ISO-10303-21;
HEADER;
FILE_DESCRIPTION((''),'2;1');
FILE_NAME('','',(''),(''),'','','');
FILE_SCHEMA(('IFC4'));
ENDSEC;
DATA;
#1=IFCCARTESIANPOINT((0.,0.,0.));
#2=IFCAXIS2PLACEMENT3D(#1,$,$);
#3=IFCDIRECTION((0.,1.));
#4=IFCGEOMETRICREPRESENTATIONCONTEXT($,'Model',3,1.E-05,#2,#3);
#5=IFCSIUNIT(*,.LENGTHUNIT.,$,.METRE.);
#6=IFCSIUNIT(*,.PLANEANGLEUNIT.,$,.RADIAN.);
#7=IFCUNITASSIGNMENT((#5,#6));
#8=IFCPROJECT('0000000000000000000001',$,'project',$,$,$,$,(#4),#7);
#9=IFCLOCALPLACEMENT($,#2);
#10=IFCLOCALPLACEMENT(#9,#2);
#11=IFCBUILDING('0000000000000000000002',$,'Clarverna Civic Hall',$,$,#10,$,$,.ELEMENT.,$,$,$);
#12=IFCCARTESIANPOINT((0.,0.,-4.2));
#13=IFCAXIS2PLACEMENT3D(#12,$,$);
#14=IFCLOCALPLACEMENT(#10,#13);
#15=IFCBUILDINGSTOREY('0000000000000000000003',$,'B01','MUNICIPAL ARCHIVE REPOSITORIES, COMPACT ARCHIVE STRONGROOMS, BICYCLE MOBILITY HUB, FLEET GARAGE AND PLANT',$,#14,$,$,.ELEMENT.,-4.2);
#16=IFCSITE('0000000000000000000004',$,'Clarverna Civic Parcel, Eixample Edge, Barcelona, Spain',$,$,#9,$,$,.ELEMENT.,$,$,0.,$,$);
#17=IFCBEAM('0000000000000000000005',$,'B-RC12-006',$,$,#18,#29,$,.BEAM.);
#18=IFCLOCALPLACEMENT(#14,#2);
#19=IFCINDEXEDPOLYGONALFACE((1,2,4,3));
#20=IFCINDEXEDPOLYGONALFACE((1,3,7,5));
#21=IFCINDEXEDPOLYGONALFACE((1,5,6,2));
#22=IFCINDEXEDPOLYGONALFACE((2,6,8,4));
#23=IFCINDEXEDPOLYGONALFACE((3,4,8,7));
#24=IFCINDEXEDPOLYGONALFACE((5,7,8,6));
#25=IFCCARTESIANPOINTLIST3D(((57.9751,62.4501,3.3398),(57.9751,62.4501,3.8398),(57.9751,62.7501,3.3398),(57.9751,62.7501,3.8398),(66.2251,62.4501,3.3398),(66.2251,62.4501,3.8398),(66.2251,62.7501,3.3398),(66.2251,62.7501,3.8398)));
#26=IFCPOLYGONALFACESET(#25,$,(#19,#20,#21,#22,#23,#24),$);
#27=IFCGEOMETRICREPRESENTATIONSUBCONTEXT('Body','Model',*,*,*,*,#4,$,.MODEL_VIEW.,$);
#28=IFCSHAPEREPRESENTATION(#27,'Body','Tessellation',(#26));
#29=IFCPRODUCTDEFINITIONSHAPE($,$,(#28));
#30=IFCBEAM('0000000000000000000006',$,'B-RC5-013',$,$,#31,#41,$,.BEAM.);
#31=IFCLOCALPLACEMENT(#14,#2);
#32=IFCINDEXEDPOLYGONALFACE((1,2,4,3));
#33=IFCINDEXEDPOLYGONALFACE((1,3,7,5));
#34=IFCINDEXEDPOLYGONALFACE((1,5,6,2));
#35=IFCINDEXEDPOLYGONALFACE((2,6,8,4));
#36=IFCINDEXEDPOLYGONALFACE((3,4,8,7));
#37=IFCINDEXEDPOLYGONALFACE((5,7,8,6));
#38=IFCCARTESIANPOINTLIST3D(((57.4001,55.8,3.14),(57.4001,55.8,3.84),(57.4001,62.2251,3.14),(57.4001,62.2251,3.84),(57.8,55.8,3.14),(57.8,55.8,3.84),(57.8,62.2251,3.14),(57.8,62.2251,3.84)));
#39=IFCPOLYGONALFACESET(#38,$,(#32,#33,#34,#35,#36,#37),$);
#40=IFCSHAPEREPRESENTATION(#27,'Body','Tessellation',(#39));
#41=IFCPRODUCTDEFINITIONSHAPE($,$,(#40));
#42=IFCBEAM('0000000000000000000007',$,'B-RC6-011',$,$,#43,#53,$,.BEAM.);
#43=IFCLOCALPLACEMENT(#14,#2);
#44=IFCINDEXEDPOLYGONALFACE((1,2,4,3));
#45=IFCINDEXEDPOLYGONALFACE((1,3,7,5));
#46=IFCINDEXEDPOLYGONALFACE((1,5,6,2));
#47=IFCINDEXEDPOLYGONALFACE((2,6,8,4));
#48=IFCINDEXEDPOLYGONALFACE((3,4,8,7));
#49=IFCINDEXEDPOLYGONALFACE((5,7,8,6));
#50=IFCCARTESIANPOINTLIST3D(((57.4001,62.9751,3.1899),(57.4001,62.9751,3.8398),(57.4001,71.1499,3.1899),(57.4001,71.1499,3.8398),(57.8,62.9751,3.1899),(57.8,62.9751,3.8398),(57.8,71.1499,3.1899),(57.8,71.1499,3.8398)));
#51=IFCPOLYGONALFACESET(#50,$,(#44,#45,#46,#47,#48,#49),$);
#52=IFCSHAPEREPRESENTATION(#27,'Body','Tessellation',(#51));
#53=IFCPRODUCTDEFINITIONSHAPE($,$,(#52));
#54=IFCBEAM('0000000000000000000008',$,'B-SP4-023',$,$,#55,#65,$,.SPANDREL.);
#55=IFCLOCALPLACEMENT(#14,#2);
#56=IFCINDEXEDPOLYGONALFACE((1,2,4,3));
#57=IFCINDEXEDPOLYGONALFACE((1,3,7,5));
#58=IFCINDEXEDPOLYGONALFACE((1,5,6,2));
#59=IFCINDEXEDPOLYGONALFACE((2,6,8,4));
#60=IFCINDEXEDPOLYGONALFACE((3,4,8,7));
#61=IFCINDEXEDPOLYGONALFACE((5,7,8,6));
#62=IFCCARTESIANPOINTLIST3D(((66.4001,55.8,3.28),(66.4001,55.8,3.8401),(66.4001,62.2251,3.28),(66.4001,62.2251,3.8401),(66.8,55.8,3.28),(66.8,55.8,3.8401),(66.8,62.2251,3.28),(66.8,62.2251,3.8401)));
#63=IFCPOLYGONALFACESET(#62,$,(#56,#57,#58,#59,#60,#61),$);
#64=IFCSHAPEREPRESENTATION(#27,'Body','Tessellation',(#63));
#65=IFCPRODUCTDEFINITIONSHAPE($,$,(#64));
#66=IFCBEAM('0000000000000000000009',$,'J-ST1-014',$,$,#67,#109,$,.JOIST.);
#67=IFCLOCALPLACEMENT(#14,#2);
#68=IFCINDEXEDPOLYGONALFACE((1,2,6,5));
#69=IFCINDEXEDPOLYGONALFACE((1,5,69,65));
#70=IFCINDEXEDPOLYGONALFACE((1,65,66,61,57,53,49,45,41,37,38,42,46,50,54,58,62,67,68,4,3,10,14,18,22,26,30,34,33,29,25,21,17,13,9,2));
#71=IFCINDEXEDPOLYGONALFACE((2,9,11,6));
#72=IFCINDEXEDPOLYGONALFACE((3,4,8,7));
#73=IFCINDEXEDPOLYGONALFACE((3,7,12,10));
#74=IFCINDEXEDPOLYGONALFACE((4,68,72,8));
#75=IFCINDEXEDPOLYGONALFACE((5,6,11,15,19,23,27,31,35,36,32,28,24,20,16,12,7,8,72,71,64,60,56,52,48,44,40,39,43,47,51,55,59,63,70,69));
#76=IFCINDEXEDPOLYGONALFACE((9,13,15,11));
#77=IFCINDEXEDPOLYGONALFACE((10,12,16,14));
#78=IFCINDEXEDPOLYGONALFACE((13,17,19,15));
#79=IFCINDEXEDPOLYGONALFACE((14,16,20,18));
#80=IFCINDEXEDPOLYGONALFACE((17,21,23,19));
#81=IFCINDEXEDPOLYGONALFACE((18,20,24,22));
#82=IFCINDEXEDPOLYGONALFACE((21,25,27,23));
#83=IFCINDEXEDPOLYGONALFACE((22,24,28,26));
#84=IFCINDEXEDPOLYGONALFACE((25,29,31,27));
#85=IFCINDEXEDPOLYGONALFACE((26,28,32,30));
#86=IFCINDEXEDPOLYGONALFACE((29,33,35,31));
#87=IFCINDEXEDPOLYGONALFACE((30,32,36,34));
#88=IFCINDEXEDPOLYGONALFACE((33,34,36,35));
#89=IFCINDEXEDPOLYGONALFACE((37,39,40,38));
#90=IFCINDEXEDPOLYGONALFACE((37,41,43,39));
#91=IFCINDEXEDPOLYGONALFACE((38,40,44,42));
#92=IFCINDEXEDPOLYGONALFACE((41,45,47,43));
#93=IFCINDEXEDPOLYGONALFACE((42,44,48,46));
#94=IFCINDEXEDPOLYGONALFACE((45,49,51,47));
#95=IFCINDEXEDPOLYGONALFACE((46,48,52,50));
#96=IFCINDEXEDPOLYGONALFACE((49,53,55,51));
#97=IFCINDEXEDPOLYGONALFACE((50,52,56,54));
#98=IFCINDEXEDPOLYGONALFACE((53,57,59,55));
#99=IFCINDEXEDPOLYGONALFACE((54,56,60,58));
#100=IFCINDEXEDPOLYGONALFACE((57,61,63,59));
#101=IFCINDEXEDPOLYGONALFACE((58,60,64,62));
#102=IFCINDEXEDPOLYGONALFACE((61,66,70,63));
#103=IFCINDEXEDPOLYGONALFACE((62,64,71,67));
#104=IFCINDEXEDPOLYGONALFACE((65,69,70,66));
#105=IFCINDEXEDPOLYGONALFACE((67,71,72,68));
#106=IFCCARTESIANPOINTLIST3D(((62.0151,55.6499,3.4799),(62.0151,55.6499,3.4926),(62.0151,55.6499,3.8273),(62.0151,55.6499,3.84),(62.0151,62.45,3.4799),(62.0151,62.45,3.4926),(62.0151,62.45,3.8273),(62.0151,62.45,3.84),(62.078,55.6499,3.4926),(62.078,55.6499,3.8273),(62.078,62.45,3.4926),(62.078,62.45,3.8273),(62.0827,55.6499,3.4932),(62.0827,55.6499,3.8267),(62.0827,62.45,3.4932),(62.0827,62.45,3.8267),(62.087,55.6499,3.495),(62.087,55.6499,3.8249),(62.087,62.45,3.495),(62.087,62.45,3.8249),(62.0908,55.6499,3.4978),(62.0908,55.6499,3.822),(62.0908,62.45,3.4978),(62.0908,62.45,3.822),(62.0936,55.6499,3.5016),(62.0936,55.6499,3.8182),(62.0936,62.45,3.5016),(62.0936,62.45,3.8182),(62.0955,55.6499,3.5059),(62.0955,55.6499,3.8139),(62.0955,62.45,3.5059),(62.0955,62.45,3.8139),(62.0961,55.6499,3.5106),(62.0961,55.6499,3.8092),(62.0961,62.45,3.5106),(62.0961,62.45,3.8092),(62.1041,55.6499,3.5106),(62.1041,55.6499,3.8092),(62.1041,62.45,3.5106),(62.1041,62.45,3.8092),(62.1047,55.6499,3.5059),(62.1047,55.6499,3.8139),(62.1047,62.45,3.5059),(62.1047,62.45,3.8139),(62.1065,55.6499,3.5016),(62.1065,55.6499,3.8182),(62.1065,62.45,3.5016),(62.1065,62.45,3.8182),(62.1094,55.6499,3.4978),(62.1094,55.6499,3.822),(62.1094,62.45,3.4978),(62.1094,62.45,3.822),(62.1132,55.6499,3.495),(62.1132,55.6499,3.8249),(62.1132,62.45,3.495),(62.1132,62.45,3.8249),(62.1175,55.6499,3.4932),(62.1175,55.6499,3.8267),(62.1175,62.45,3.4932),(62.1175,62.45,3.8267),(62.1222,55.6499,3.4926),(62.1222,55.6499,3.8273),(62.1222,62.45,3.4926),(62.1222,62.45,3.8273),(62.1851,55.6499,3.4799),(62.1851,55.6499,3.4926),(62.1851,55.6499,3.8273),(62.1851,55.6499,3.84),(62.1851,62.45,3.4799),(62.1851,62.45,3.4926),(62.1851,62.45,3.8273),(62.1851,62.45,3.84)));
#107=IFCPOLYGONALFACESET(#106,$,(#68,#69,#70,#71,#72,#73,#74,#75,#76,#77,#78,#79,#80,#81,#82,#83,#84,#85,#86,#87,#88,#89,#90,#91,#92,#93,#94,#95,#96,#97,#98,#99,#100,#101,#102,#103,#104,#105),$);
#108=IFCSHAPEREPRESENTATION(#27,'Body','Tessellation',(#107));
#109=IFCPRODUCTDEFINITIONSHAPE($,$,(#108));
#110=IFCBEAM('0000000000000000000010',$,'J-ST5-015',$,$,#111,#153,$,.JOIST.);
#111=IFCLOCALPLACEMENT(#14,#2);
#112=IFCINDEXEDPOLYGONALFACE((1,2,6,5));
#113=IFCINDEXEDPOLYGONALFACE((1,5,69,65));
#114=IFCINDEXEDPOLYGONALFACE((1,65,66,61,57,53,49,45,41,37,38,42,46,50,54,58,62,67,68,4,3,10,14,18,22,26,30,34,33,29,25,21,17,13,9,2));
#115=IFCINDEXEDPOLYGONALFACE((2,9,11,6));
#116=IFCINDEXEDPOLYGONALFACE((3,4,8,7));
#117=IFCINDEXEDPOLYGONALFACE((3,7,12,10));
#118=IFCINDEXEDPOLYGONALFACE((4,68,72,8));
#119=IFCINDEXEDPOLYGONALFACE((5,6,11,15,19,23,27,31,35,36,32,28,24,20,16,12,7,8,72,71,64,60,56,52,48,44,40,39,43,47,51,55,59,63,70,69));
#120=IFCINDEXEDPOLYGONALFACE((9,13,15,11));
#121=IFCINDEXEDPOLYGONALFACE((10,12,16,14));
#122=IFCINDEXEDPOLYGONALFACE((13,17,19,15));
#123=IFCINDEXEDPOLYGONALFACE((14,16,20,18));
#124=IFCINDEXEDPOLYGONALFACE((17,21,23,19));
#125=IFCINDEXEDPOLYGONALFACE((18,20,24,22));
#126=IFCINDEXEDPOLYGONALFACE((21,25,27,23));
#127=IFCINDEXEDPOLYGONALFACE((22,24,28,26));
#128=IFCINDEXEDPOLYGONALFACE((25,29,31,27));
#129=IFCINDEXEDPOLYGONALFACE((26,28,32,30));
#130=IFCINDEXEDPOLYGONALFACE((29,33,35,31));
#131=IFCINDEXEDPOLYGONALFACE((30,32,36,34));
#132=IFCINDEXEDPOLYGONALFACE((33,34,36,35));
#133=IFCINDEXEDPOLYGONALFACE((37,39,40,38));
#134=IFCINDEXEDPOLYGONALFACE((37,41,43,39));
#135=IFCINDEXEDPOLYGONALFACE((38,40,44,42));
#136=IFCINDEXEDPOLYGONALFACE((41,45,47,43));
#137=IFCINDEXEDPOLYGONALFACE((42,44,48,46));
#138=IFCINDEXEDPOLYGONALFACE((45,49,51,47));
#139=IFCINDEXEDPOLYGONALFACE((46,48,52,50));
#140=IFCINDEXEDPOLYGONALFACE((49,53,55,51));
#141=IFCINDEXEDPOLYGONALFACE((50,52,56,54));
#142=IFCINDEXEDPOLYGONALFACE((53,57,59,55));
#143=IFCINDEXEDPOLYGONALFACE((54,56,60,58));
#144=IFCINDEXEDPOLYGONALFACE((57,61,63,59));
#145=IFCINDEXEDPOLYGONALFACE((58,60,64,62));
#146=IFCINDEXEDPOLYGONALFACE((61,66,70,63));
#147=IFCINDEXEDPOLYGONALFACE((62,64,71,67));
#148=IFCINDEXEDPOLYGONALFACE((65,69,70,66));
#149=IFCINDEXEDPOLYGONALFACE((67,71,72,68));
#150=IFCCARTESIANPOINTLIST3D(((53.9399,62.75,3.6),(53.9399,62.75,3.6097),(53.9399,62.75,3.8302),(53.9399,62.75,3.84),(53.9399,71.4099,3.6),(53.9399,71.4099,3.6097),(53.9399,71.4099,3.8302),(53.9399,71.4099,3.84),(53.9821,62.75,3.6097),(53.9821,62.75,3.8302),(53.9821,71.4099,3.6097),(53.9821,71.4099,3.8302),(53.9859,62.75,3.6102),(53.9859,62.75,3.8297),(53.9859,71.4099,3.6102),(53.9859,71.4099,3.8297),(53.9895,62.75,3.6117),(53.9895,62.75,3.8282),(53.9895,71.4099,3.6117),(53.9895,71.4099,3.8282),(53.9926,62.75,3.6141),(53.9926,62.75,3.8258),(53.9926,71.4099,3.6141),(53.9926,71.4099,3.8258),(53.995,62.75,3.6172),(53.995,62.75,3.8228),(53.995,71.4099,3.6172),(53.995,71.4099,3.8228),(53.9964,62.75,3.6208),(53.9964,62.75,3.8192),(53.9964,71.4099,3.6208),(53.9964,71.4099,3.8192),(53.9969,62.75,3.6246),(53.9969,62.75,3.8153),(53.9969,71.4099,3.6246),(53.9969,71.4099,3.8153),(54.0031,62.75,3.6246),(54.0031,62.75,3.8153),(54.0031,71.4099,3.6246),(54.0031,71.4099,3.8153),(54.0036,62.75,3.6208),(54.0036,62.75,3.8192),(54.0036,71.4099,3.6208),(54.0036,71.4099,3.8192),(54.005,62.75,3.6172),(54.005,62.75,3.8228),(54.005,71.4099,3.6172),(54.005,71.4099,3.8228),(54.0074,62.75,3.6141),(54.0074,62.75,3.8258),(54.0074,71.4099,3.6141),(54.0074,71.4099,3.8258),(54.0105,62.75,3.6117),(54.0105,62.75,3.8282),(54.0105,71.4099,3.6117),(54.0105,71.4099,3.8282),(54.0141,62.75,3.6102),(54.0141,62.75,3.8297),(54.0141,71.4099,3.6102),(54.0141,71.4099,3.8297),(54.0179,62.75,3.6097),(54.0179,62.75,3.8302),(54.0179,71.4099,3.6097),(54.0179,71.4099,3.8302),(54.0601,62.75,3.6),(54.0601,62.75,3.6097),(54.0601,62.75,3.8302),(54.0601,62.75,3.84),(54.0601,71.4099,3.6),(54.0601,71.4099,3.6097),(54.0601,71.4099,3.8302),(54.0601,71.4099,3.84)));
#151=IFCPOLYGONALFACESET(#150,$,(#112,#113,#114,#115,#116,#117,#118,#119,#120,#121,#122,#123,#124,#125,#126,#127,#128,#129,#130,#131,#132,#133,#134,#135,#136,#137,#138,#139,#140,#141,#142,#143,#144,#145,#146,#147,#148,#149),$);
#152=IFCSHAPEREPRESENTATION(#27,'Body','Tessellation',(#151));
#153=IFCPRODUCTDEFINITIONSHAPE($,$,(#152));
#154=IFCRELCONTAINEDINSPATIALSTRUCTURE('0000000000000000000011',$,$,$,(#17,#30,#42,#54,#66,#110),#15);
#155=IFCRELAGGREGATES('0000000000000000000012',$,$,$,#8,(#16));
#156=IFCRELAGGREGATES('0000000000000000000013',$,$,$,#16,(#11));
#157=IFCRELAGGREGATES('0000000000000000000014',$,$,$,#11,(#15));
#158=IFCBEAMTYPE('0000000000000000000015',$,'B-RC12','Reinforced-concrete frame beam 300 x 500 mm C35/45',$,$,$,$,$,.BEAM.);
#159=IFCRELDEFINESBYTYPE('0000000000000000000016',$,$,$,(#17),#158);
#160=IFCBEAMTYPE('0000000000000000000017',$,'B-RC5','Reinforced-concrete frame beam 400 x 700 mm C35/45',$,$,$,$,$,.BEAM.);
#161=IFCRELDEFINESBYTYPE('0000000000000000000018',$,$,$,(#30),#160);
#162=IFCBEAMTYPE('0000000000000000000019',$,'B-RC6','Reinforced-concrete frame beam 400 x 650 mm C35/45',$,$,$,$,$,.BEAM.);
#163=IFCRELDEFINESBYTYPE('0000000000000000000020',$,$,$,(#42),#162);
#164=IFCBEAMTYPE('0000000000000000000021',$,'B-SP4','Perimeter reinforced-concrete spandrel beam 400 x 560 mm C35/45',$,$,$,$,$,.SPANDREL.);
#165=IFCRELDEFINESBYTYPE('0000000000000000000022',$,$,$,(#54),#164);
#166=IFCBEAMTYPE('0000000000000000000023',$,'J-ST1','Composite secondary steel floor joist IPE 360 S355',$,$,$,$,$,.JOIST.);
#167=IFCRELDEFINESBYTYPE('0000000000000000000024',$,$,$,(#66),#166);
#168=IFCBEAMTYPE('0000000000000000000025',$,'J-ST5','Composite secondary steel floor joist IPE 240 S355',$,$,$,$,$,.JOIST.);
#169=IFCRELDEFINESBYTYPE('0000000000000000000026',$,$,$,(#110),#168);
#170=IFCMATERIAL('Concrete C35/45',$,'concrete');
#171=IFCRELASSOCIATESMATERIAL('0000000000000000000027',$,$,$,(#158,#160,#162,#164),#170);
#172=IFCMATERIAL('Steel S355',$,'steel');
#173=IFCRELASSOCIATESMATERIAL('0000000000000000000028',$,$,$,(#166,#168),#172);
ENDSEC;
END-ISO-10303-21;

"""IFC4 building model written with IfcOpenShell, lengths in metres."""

from ifc_helpers import new_model, si_unit, direction, frame, origin, origin_2d, place, context, subcontext, project, spatial, rectangle, i_section, extrude, material, material_profile, profile_set, type_object, element, save


model = new_model("IFC4")

# Units and contexts
model_context = context("Model", 3, precision=1e-05, world=origin(), true_north=direction((0.0, 1.0)))
body_context = subcontext(model_context, "Body", "Model", "MODEL_VIEW")
ifc_project = project(units=[si_unit("LENGTHUNIT", "METRE"), si_unit("PLANEANGLEUNIT", "RADIAN")], contexts=[model_context])

# Site, building, storey
site_placement = place(None, origin())
site = spatial("IfcSite", under=ifc_project, at=site_placement, Name="Clarverna Civic Parcel, Eixample Edge, Barcelona, Spain", CompositionType="ELEMENT", RefElevation=0.0)
building_placement = place(site_placement, origin())
building = spatial("IfcBuilding", under=site, at=building_placement, Name="Clarverna Civic Hall", CompositionType="ELEMENT")
storey_placement = place(building_placement, frame((0.0, 0.0, -4.2)))
storey = spatial("IfcBuildingStorey", under=building, at=storey_placement, Name="B01", Description="MUNICIPAL ARCHIVE REPOSITORIES, COMPACT ARCHIVE STRONGROOMS, BICYCLE MOBILITY HUB, FLEET GARAGE AND PLANT", CompositionType="ELEMENT", Elevation=-4.2)

# Beams
ifc_material_1 = material(Name="Concrete C35/45", Category="concrete")
ifc_material_profile_1 = material_profile(ifc_material_1, rectangle(XDim=0.3, YDim=0.5, at=origin_2d()), Name="RC 300x500")
ifc_profile_set_1 = profile_set([ifc_material_profile_1], Name="Concrete C35/45")
beam_type_1 = type_object("IfcBeamType", Name="B-RC12", Description="Reinforced-concrete frame beam 300 x 500 mm C35/45", PredefinedType="BEAM", material=ifc_profile_set_1)
beam_1_placement = place(storey_placement, frame((57.9751, 62.6001, 3.5898), z_axis=(1.0, 0.0, 0.0), x_axis=(0.0, 1.0, 0.0)))
element("IfcBeam", 1, at=beam_1_placement, inside=storey, type_object=beam_type_1, Name="B-RC12-006", PredefinedType="BEAM", context=body_context, shape_type="SweptSolid", body=[
    extrude(rectangle(XDim=0.3, YDim=0.5, at=origin_2d()), origin(), (0.0, 0.0, 1.0), 8.25),
])
ifc_material_profile_2 = material_profile(ifc_material_1, rectangle(XDim=0.3999, YDim=0.7, at=origin_2d()), Name="RC 400x700")
ifc_profile_set_2 = profile_set([ifc_material_profile_2], Name="Concrete C35/45")
beam_type_2 = type_object("IfcBeamType", Name="B-RC5", Description="Reinforced-concrete frame beam 400 x 700 mm C35/45", PredefinedType="BEAM", material=ifc_profile_set_2)
beam_2_placement = place(storey_placement, frame((57.6001, 55.8, 3.49), z_axis=(0.0, 1.0, 0.0), x_axis=(-1.0, 0.0, 0.0)))
element("IfcBeam", 2, at=beam_2_placement, inside=storey, type_object=beam_type_2, Name="B-RC5-013", PredefinedType="BEAM", context=body_context, shape_type="SweptSolid", body=[
    extrude(rectangle(XDim=0.3999, YDim=0.7, at=origin_2d()), origin(), (0.0, 0.0, 1.0), 6.425),
])
ifc_material_profile_3 = material_profile(ifc_material_1, rectangle(XDim=0.3999, YDim=0.6499, at=origin_2d()), Name="RC 400x650")
ifc_profile_set_3 = profile_set([ifc_material_profile_3], Name="Concrete C35/45")
beam_type_3 = type_object("IfcBeamType", Name="B-RC6", Description="Reinforced-concrete frame beam 400 x 650 mm C35/45", PredefinedType="BEAM", material=ifc_profile_set_3)
beam_3_placement = place(storey_placement, frame((57.6001, 62.9751, 3.5149), z_axis=(0.0, 1.0, 0.0), x_axis=(-1.0, 0.0, 0.0)))
element("IfcBeam", 3, at=beam_3_placement, inside=storey, type_object=beam_type_3, Name="B-RC6-011", PredefinedType="BEAM", context=body_context, shape_type="SweptSolid", body=[
    extrude(rectangle(XDim=0.3999, YDim=0.6499, at=origin_2d()), origin(), (0.0, 0.0, 1.0), 8.1748),
])
ifc_material_profile_4 = material_profile(ifc_material_1, rectangle(XDim=0.3999, YDim=0.5601, at=origin_2d()), Name="RC 400x560")
ifc_profile_set_4 = profile_set([ifc_material_profile_4], Name="Concrete C35/45")
beam_type_4 = type_object("IfcBeamType", Name="B-SP4", Description="Perimeter reinforced-concrete spandrel beam 400 x 560 mm C35/45", PredefinedType="SPANDREL", material=ifc_profile_set_4)
beam_4_placement = place(storey_placement, frame((66.6001, 55.8, 3.5601), z_axis=(0.0, 1.0, 0.0), x_axis=(-1.0, 0.0, 0.0)))
element("IfcBeam", 4, at=beam_4_placement, inside=storey, type_object=beam_type_4, Name="B-SP4-023", PredefinedType="SPANDREL", context=body_context, shape_type="SweptSolid", body=[
    extrude(rectangle(XDim=0.3999, YDim=0.5601, at=origin_2d()), origin(), (0.0, 0.0, 1.0), 6.425),
])
ifc_material_2 = material(Name="Steel S355", Category="steel")
ifc_material_profile_5 = material_profile(ifc_material_2, i_section(OverallWidth=0.1699, OverallDepth=0.3601, WebThickness=0.0081, FlangeThickness=0.0127, FilletRadius=0.0181, at=origin_2d()), Name="IPE 360")
ifc_profile_set_5 = profile_set([ifc_material_profile_5], Name="Steel S355")
beam_type_5 = type_object("IfcBeamType", Name="J-ST1", Description="Composite secondary steel floor joist IPE 360 S355", PredefinedType="JOIST", material=ifc_profile_set_5)
beam_5_placement = place(storey_placement, frame((62.1001, 55.6499, 3.6599), z_axis=(0.0, 1.0, 0.0), x_axis=(-1.0, 0.0, 0.0)))
element("IfcBeam", 5, at=beam_5_placement, inside=storey, type_object=beam_type_5, Name="J-ST1-014", PredefinedType="JOIST", context=body_context, shape_type="SweptSolid", body=[
    extrude(i_section(OverallWidth=0.1699, OverallDepth=0.3601, WebThickness=0.0081, FlangeThickness=0.0127, FilletRadius=0.0181, at=origin_2d()), origin(), (0.0, 0.0, 1.0), 6.8),
])
ifc_material_profile_6 = material_profile(ifc_material_2, i_section(OverallWidth=0.1201, OverallDepth=0.24, WebThickness=0.0061, FlangeThickness=0.0098, FilletRadius=0.0149, at=origin_2d()), Name="IPE 240")
ifc_profile_set_6 = profile_set([ifc_material_profile_6], Name="Steel S355")
beam_type_6 = type_object("IfcBeamType", Name="J-ST5", Description="Composite secondary steel floor joist IPE 240 S355", PredefinedType="JOIST", material=ifc_profile_set_6)
beam_6_placement = place(storey_placement, frame((54.0, 62.75, 3.72), z_axis=(0.0, 1.0, 0.0), x_axis=(-1.0, 0.0, 0.0)))
element("IfcBeam", 6, at=beam_6_placement, inside=storey, type_object=beam_type_6, Name="J-ST5-015", PredefinedType="JOIST", context=body_context, shape_type="SweptSolid", body=[
    extrude(i_section(OverallWidth=0.1201, OverallDepth=0.24, WebThickness=0.0061, FlangeThickness=0.0098, FilletRadius=0.0149, at=origin_2d()), origin(), (0.0, 0.0, 1.0), 8.6599),
])

save(model, "model.ifc")
